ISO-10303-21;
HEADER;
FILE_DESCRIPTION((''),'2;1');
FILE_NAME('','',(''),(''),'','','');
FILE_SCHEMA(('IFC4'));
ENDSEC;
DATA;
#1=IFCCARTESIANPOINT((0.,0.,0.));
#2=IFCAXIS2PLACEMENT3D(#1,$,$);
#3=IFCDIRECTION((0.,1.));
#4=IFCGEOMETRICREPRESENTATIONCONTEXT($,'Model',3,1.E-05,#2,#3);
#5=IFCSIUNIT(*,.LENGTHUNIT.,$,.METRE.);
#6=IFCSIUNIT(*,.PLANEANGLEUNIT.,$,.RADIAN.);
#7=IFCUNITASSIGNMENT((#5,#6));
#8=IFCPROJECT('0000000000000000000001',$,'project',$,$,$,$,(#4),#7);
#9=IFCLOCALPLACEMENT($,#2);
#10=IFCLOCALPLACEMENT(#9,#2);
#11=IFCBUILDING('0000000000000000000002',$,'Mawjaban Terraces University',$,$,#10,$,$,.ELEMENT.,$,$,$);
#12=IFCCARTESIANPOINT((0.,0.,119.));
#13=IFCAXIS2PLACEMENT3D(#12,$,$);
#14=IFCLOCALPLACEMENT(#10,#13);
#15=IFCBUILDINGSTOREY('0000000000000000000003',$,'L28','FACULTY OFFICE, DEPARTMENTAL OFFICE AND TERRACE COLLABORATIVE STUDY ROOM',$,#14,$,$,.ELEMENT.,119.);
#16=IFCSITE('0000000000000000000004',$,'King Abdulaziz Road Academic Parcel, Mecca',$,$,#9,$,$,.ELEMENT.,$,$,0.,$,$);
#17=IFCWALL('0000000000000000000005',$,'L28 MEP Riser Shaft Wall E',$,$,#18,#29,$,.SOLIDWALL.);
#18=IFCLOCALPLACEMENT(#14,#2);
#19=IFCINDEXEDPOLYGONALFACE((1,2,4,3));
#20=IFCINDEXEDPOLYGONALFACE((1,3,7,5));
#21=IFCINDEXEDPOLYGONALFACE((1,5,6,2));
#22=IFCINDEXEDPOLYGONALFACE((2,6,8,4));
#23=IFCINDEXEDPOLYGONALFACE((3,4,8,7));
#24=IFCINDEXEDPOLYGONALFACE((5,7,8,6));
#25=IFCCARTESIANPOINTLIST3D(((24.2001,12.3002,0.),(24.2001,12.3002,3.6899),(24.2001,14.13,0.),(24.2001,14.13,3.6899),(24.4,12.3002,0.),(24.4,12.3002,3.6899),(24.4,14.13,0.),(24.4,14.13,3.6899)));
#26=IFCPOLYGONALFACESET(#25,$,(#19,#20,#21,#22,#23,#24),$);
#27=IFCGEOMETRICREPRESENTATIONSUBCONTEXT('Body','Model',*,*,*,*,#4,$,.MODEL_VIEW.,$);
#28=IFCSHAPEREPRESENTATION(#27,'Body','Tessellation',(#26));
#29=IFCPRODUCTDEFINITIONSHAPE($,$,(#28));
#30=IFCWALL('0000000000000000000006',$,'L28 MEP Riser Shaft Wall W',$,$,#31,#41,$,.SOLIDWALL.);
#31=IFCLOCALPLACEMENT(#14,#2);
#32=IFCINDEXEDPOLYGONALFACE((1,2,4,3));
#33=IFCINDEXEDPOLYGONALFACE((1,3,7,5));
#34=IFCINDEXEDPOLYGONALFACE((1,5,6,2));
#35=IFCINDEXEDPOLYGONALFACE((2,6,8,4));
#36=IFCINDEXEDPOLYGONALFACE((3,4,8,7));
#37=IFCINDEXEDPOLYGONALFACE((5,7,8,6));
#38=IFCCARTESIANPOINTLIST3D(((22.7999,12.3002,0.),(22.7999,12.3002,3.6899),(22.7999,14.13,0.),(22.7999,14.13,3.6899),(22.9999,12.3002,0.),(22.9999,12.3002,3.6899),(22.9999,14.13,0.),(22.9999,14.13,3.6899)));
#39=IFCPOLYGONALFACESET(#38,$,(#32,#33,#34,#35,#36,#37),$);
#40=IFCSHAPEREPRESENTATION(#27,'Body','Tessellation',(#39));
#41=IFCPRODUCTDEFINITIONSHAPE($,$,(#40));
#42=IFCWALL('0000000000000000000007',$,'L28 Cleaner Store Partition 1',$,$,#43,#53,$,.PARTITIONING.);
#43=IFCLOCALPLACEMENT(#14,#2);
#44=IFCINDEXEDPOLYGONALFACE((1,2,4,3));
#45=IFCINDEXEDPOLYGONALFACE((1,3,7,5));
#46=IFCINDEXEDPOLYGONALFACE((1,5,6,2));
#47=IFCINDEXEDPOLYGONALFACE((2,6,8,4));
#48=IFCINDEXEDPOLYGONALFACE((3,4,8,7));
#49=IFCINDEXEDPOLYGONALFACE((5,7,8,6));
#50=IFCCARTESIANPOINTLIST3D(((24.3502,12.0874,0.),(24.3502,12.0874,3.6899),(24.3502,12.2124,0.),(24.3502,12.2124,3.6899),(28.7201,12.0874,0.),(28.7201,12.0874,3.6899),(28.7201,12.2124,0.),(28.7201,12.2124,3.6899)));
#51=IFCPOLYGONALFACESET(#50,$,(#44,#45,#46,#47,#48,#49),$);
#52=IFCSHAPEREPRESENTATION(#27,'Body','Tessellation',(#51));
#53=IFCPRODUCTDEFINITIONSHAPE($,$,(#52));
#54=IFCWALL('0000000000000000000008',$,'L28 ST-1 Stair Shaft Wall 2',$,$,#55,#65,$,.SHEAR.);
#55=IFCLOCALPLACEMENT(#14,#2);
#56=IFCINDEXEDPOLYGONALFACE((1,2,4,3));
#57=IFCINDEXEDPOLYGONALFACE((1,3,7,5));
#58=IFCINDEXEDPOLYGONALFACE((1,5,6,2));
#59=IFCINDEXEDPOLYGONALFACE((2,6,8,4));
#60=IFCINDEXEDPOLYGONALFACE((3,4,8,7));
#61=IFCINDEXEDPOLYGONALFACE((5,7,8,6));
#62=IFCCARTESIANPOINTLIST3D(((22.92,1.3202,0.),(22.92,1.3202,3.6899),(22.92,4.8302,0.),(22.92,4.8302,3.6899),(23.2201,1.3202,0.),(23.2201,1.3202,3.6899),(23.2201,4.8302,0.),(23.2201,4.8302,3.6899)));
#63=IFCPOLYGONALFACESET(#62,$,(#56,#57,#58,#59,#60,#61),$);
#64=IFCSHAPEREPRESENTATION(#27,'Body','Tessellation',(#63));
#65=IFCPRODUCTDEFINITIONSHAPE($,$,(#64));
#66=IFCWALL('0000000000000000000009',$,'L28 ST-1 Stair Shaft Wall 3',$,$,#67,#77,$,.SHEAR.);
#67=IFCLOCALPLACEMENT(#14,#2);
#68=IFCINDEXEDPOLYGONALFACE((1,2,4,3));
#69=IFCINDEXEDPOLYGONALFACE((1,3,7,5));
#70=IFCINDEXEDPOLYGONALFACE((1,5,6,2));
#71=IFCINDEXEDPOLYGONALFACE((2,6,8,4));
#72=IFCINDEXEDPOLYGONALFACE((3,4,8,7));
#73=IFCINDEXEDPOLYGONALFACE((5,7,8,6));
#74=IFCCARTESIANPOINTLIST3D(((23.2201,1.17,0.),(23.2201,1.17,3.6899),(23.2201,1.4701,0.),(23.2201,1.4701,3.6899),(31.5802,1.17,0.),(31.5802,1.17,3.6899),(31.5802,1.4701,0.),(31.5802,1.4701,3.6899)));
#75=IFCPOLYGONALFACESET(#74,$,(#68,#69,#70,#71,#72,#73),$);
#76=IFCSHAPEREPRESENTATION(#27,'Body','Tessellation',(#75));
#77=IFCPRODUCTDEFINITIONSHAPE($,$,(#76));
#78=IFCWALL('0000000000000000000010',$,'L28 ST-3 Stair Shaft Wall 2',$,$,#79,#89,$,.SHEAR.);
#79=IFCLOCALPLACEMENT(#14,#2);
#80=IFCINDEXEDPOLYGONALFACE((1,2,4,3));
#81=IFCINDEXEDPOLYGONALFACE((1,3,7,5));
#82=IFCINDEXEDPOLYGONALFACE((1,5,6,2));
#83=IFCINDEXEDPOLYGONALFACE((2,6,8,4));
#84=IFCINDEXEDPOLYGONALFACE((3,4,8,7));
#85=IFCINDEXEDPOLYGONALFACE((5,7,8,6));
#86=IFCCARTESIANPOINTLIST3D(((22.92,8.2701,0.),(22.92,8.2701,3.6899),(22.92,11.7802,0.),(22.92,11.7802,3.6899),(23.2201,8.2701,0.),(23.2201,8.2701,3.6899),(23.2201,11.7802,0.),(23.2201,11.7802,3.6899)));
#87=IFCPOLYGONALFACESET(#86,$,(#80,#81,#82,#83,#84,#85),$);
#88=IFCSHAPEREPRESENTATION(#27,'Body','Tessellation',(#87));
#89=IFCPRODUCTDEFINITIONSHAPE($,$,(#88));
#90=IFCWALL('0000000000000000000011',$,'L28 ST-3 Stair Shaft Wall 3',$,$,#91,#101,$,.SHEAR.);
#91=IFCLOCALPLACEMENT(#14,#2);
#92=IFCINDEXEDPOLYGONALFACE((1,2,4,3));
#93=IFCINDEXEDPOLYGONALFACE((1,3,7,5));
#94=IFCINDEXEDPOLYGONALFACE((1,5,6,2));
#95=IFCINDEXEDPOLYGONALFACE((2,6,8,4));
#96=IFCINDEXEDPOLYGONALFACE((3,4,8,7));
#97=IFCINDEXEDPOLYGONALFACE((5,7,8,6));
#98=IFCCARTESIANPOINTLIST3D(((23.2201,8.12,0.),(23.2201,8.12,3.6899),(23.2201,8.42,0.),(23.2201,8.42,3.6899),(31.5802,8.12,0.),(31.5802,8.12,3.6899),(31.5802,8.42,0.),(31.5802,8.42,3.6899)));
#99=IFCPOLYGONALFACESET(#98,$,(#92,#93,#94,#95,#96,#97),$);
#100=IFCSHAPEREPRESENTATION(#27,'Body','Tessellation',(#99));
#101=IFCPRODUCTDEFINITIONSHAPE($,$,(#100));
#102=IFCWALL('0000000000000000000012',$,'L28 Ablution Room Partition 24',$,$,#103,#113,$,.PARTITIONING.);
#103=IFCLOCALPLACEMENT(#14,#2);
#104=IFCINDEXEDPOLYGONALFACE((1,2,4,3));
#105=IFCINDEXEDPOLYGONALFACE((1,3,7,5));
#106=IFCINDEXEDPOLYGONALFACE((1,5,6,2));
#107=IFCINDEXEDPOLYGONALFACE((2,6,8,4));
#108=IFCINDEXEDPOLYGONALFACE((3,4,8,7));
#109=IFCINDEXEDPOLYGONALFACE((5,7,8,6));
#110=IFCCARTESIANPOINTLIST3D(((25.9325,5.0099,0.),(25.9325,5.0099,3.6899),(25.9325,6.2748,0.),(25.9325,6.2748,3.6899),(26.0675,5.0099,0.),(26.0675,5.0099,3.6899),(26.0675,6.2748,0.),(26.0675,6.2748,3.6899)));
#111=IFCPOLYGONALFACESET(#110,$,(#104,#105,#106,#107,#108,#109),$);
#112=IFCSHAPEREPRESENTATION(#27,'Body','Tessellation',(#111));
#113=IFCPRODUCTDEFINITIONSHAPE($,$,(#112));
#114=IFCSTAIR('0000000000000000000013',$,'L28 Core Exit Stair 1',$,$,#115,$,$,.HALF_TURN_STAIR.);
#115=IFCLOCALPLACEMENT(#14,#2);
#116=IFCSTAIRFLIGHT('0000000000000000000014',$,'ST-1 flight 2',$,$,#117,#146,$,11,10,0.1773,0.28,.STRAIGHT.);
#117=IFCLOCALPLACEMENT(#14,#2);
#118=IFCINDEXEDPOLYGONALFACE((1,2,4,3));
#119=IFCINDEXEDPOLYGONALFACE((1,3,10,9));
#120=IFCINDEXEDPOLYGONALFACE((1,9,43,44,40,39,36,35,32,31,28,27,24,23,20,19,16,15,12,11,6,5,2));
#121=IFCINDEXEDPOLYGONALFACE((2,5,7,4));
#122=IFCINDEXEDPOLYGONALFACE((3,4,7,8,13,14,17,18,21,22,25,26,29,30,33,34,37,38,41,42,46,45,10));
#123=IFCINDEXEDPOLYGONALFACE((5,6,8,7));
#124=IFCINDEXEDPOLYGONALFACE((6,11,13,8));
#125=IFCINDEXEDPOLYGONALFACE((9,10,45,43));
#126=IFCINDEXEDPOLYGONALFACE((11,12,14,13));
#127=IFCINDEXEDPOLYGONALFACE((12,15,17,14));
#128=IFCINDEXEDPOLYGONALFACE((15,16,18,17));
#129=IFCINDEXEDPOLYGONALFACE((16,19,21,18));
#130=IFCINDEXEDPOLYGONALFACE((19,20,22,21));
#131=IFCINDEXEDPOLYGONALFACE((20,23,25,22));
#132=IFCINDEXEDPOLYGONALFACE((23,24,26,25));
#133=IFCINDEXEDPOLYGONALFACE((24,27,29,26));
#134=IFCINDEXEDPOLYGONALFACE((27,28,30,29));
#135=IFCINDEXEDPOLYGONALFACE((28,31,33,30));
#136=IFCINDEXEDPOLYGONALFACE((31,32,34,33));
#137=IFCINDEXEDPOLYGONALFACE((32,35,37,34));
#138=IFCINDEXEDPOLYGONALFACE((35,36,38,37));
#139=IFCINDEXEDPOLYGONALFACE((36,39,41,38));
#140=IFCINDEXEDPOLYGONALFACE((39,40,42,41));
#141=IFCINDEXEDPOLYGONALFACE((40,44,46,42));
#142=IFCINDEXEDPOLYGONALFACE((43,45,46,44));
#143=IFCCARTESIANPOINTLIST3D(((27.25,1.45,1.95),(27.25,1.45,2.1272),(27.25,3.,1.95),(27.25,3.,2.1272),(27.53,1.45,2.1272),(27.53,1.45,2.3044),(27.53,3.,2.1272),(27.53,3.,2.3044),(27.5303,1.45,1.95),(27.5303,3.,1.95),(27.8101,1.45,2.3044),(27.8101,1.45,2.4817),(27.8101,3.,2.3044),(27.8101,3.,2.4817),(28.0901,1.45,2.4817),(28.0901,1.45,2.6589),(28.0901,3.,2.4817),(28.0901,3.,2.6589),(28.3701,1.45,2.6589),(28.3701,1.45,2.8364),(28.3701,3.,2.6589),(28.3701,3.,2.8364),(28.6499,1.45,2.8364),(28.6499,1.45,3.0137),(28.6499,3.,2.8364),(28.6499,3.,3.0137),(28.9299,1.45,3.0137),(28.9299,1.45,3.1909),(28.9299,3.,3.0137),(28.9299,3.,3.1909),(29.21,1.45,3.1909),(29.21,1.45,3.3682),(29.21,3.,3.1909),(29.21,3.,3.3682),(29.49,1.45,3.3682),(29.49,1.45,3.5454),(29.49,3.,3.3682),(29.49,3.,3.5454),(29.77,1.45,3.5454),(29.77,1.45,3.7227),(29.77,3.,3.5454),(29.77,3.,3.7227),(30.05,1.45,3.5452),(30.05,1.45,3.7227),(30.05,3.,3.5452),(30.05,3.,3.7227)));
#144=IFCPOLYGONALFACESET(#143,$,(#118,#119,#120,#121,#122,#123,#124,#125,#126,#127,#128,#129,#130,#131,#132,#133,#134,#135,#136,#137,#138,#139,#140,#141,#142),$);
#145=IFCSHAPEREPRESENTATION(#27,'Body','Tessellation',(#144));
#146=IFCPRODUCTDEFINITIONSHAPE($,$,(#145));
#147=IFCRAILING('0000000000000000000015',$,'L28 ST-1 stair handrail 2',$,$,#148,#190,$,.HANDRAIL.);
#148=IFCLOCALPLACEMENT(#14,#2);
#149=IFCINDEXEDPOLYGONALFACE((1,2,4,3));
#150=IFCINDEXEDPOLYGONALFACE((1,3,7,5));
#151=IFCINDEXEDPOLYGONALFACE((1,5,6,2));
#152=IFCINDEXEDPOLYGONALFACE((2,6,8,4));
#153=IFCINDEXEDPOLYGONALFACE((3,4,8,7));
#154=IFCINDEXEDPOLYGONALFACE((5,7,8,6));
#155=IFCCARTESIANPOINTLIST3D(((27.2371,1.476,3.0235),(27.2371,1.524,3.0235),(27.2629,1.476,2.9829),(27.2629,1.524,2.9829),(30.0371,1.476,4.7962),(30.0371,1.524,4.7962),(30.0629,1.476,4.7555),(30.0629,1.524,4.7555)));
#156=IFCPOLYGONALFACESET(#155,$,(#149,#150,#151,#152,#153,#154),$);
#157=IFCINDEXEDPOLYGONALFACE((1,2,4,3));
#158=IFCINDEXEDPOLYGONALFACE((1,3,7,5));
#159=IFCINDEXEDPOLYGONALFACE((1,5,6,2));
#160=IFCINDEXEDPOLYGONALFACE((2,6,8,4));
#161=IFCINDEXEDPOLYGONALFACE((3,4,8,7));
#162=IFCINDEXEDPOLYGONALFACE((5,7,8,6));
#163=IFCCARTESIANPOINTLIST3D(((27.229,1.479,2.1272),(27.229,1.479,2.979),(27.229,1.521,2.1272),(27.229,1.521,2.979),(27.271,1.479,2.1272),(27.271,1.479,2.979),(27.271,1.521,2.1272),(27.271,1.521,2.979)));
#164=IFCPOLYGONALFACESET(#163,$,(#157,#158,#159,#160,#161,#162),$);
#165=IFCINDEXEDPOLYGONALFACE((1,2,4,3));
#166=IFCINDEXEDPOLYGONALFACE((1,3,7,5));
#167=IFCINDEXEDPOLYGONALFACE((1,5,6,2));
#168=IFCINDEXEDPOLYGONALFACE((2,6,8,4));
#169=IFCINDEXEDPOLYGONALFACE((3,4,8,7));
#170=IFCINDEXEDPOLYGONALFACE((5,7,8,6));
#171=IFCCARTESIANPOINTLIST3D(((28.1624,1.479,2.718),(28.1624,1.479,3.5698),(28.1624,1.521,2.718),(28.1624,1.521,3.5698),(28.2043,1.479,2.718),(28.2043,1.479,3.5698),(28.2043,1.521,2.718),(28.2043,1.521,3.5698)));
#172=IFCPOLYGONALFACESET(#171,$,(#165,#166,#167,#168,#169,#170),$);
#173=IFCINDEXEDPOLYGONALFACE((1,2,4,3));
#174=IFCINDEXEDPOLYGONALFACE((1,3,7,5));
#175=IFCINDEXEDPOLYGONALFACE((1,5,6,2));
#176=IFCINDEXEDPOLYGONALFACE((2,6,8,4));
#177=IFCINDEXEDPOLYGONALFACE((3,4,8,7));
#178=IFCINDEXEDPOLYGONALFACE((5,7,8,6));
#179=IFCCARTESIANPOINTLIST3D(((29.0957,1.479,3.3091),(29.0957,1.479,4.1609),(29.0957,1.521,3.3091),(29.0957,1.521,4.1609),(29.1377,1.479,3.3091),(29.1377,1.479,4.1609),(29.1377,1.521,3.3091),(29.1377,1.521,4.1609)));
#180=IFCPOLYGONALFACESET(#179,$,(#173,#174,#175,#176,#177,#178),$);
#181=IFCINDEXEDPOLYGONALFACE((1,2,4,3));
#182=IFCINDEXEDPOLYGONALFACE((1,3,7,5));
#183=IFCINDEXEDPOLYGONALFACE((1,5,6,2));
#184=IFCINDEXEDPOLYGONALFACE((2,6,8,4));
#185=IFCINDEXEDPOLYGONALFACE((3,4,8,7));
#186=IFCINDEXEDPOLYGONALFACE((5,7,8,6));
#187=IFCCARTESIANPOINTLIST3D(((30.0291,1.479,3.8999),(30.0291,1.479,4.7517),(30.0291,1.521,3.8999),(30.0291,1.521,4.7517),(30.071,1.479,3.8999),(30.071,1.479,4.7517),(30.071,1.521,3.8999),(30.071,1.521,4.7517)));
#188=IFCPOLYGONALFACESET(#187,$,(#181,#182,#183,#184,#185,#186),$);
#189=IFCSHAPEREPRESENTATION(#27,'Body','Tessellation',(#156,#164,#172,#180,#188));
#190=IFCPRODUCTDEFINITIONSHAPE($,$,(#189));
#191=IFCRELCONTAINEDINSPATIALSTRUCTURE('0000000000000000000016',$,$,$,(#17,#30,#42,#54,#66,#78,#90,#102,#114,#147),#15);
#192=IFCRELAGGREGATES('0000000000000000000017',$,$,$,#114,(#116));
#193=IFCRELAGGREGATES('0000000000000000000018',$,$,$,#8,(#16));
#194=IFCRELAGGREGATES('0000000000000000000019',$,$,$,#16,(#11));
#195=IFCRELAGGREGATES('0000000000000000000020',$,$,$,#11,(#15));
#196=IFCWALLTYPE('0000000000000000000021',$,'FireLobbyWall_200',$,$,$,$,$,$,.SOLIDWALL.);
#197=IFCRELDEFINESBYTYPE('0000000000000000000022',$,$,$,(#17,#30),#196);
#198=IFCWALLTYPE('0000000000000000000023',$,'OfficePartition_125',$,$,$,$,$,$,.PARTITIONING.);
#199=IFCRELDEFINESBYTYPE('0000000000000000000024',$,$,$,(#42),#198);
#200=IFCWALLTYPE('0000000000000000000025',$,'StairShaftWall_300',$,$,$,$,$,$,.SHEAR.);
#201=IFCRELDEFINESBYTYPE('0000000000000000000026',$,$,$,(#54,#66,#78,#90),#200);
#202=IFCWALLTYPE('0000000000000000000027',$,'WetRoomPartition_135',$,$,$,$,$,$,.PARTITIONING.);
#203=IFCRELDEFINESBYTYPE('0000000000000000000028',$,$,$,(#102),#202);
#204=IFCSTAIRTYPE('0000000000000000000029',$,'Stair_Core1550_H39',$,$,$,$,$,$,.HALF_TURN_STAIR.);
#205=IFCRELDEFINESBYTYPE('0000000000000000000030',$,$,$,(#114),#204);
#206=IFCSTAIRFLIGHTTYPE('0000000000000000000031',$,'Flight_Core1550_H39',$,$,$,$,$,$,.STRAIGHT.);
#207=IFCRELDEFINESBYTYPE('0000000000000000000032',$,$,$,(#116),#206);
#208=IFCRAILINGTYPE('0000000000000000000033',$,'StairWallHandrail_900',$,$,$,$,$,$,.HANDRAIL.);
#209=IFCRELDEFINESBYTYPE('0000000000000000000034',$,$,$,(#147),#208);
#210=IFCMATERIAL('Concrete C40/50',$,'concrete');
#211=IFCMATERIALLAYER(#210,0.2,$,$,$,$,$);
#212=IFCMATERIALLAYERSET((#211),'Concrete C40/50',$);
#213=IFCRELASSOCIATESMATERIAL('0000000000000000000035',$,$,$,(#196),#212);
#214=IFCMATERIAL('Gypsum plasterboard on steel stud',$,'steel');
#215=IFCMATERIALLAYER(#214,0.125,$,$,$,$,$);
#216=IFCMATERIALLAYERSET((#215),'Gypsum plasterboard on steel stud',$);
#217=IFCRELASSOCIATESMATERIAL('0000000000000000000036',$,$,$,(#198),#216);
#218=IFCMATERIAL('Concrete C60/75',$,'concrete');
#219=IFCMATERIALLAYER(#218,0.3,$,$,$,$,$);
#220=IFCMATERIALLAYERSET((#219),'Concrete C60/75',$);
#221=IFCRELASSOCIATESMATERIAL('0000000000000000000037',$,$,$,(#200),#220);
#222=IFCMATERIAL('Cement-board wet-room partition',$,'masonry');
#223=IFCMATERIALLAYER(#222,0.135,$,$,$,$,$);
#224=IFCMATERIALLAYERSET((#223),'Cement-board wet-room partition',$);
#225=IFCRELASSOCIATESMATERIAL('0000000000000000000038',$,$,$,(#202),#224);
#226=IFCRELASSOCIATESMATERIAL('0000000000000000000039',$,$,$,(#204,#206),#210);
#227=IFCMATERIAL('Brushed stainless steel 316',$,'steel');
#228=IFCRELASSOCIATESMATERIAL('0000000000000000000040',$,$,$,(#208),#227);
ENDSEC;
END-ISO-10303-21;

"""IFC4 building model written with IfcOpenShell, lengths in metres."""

from ifc_helpers import new_model, si_unit, direction, frame, frame_2d, origin, origin_2d, place, context, subcontext, project, spatial, polyline, rectangle, outline, extrude, material, layer, layer_set, type_object, element, aggregate, save


model = new_model("IFC4")

# Units and contexts
model_context = context("Model", 3, precision=1e-05, world=origin(), true_north=direction((0.0, 1.0)))
body_context = subcontext(model_context, "Body", "Model", "MODEL_VIEW")
ifc_project = project(units=[si_unit("LENGTHUNIT", "METRE"), si_unit("PLANEANGLEUNIT", "RADIAN")], contexts=[model_context])

# Site, building, storey
site_placement = place(None, origin())
site = spatial("IfcSite", under=ifc_project, at=site_placement, Name="King Abdulaziz Road Academic Parcel, Mecca", CompositionType="ELEMENT", RefElevation=0.0)
building_placement = place(site_placement, origin())
building = spatial("IfcBuilding", under=site, at=building_placement, Name="Mawjaban Terraces University", CompositionType="ELEMENT")
storey_placement = place(building_placement, frame((0.0, 0.0, 119.0)))
storey = spatial("IfcBuildingStorey", under=building, at=storey_placement, Name="L28", Description="FACULTY OFFICE, DEPARTMENTAL OFFICE AND TERRACE COLLABORATIVE STUDY ROOM", CompositionType="ELEMENT", Elevation=119.0)

# Walls
ifc_material_1 = material(Name="Concrete C40/50", Category="concrete")
ifc_layer_1 = layer(ifc_material_1, 0.2)
ifc_layer_set_1 = layer_set([ifc_layer_1], Name="Concrete C40/50")
wall_type_1 = type_object("IfcWallType", Name="FireLobbyWall_200", PredefinedType="SOLIDWALL", material=ifc_layer_set_1)
for number, where, z_axis, x_axis, name in (
    (1, (24.3, 12.3, 0.0), (0.0, 0.0, 1.0), (0.0, 1.0, 0.0), "L28 MEP Riser Shaft Wall E"),
    (2, (22.8999, 12.3, 0.0), (0.0, 0.0, 1.0), (0.0, 1.0, 0.0), "L28 MEP Riser Shaft Wall W"),
):
    element("IfcWall", number, at=place(storey_placement, frame(where, z_axis=z_axis, x_axis=x_axis)), inside=storey, type_object=wall_type_1, Name=name, PredefinedType="SOLIDWALL", context=body_context, shape_type="SweptSolid", body=[
        extrude(rectangle(XDim=1.8298, YDim=0.2, at=frame_2d((0.915, 0.0))), origin(), (0.0, 0.0, 1.0), 3.6899),
    ])
ifc_material_2 = material(Name="Gypsum plasterboard on steel stud", Category="steel")
ifc_layer_2 = layer(ifc_material_2, 0.125)
ifc_layer_set_2 = layer_set([ifc_layer_2], Name="Gypsum plasterboard on steel stud")
wall_type_2 = type_object("IfcWallType", Name="OfficePartition_125", PredefinedType="PARTITIONING", material=ifc_layer_set_2)
wall_1_placement = place(storey_placement, frame((24.3501, 12.1499, 0.0), z_axis=(0.0, 0.0, 1.0), x_axis=(1.0, 0.0, 0.0)))
element("IfcWall", 3, at=wall_1_placement, inside=storey, type_object=wall_type_2, Name="L28 Cleaner Store Partition 1", PredefinedType="PARTITIONING", context=body_context, shape_type="SweptSolid", body=[
    extrude(rectangle(XDim=4.3699, YDim=0.125, at=frame_2d((2.1851, 0.0))), origin(), (0.0, 0.0, 1.0), 3.6899),
])
ifc_material_3 = material(Name="Concrete C60/75", Category="concrete")
ifc_layer_3 = layer(ifc_material_3, 0.3)
ifc_layer_set_3 = layer_set([ifc_layer_3], Name="Concrete C60/75")
wall_type_3 = type_object("IfcWallType", Name="StairShaftWall_300", PredefinedType="SHEAR", material=ifc_layer_set_3)
wall_2_placement = place(storey_placement, frame((23.0701, 4.8301, 0.0), z_axis=(0.0, 0.0, 1.0), x_axis=(0.0, -1.0, 0.0)))
element("IfcWall", 4, at=wall_2_placement, inside=storey, type_object=wall_type_3, Name="L28 ST-1 Stair Shaft Wall 2", PredefinedType="SHEAR", context=body_context, shape_type="SweptSolid", body=[
    extrude(rectangle(XDim=3.51, YDim=0.3, at=frame_2d((1.7549, 0.0))), origin(), (0.0, 0.0, 1.0), 3.6899),
])
wall_3_placement = place(storey_placement, frame((23.22, 1.3201, 0.0), z_axis=(0.0, 0.0, 1.0), x_axis=(1.0, 0.0, 0.0)))
element("IfcWall", 5, at=wall_3_placement, inside=storey, type_object=wall_type_3, Name="L28 ST-1 Stair Shaft Wall 3", PredefinedType="SHEAR", context=body_context, shape_type="SweptSolid", body=[
    extrude(rectangle(XDim=8.3601, YDim=0.3, at=frame_2d((4.1802, 0.0))), origin(), (0.0, 0.0, 1.0), 3.6899),
])
wall_4_placement = place(storey_placement, frame((23.0701, 11.78, 0.0), z_axis=(0.0, 0.0, 1.0), x_axis=(0.0, -1.0, 0.0)))
element("IfcWall", 6, at=wall_4_placement, inside=storey, type_object=wall_type_3, Name="L28 ST-3 Stair Shaft Wall 2", PredefinedType="SHEAR", context=body_context, shape_type="SweptSolid", body=[
    extrude(rectangle(XDim=3.51, YDim=0.3, at=frame_2d((1.7549, 0.0))), origin(), (0.0, 0.0, 1.0), 3.6899),
])
wall_5_placement = place(storey_placement, frame((23.22, 8.27, 0.0), z_axis=(0.0, 0.0, 1.0), x_axis=(1.0, 0.0, 0.0)))
element("IfcWall", 7, at=wall_5_placement, inside=storey, type_object=wall_type_3, Name="L28 ST-3 Stair Shaft Wall 3", PredefinedType="SHEAR", context=body_context, shape_type="SweptSolid", body=[
    extrude(rectangle(XDim=8.3601, YDim=0.3, at=frame_2d((4.1802, 0.0))), origin(), (0.0, 0.0, 1.0), 3.6899),
])
ifc_material_4 = material(Name="Cement-board wet-room partition", Category="masonry")
ifc_layer_4 = layer(ifc_material_4, 0.135)
ifc_layer_set_4 = layer_set([ifc_layer_4], Name="Cement-board wet-room partition")
wall_type_4 = type_object("IfcWallType", Name="WetRoomPartition_135", PredefinedType="PARTITIONING", material=ifc_layer_set_4)
wall_6_placement = place(storey_placement, frame((26.0, 5.01, 0.0), z_axis=(0.0, 0.0, 1.0), x_axis=(0.0, 1.0, 0.0)))
element("IfcWall", 8, at=wall_6_placement, inside=storey, type_object=wall_type_4, Name="L28 Ablution Room Partition 24", PredefinedType="PARTITIONING", context=body_context, shape_type="SweptSolid", body=[
    extrude(rectangle(XDim=1.2649, YDim=0.135, at=frame_2d((0.6323, 0.0))), origin(), (0.0, 0.0, 1.0), 3.6899),
])

# Stair, stair flight
stair_type = type_object("IfcStairType", Name="Stair_Core1550_H39", PredefinedType="HALF_TURN_STAIR", material=ifc_material_1)
stair_placement = place(storey_placement, origin())
stair = element("IfcStair", 9, at=stair_placement, inside=storey, type_object=stair_type, Name="L28 Core Exit Stair 1", PredefinedType="HALF_TURN_STAIR")
stair_flight_type = type_object("IfcStairFlightType", Name="Flight_Core1550_H39", PredefinedType="STRAIGHT", material=ifc_material_1)
stair_flight_placement = place(storey_placement, frame((27.25, 2.2251, 1.95), z_axis=(0.0, 0.0, 1.0), x_axis=(1.0, 0.0, 0.0)))
stair_flight = element("IfcStairFlight", 10, at=stair_flight_placement, type_object=stair_flight_type, Name="ST-1 flight 2", NumberOfRisers=11, NumberOfTreads=10, PredefinedType="STRAIGHT", RiserHeight=0.1773, TreadLength=0.28, context=body_context, shape_type="SweptSolid", body=[
    extrude(outline(polyline([(0.0, 0.0), (0.0, 0.1772), (0.28, 0.1772), (0.28, 0.3545), (0.5601, 0.3545), (0.5601, 0.5317), (0.8401, 0.5317), (0.8401, 0.709), (1.1201, 0.709), (1.1201, 0.8865), (1.3999, 0.8865), (1.3999, 1.0637), (1.6799, 1.0637), (1.6799, 1.241), (1.96, 1.241), (1.96, 1.4182), (2.24, 1.4182), (2.24, 1.5955), (2.52, 1.5955), (2.52, 1.7727), (2.8, 1.7727), (2.8, 1.95), (2.8, 1.5952), (0.2803, 0.0), (0.0, 0.0)])), frame((0.0, 0.7749, 0.0), z_axis=(0.0, -1.0, 0.0), x_axis=(1.0, 0.0, 0.0)), (0.0, 0.0, 1.0), 1.55),
])
aggregate(stair, [stair_flight])

# Railing
ifc_material_5 = material(Name="Brushed stainless steel 316", Category="steel")
railing_type_1 = type_object("IfcRailingType", Name="StairWallHandrail_900", PredefinedType="HANDRAIL", material=ifc_material_5)
railing_1_placement = place(storey_placement, frame((27.25, 1.5, 2.1272)))
element("IfcRailing", 11, at=railing_1_placement, inside=storey, type_object=railing_type_1, Name="L28 ST-1 stair handrail 2", PredefinedType="HANDRAIL", context=body_context, shape_type="SweptSolid", body=[
    extrude(rectangle(XDim=0.0481, YDim=0.0481, at=origin_2d()), frame((0.0, 0.0, 0.876), z_axis=(0.844909, 0.0, 0.53491), x_axis=(0.0, 1.0, 0.0)), (0.0, 0.0, 1.0), 3.314),
    extrude(rectangle(XDim=0.042, YDim=0.042, at=origin_2d()), origin(), (0.0, 0.0, 1.0), 0.8518),
    extrude(rectangle(XDim=0.042, YDim=0.042, at=origin_2d()), frame((0.9333, 0.0, 0.5908)), (0.0, 0.0, 1.0), 0.8518),
    extrude(rectangle(XDim=0.042, YDim=0.042, at=origin_2d()), frame((1.8667, 0.0, 1.1819)), (0.0, 0.0, 1.0), 0.8518),
    extrude(rectangle(XDim=0.042, YDim=0.042, at=origin_2d()), frame((2.8, 0.0, 1.7727)), (0.0, 0.0, 1.0), 0.8518),
])

save(model, "model.ifc")
